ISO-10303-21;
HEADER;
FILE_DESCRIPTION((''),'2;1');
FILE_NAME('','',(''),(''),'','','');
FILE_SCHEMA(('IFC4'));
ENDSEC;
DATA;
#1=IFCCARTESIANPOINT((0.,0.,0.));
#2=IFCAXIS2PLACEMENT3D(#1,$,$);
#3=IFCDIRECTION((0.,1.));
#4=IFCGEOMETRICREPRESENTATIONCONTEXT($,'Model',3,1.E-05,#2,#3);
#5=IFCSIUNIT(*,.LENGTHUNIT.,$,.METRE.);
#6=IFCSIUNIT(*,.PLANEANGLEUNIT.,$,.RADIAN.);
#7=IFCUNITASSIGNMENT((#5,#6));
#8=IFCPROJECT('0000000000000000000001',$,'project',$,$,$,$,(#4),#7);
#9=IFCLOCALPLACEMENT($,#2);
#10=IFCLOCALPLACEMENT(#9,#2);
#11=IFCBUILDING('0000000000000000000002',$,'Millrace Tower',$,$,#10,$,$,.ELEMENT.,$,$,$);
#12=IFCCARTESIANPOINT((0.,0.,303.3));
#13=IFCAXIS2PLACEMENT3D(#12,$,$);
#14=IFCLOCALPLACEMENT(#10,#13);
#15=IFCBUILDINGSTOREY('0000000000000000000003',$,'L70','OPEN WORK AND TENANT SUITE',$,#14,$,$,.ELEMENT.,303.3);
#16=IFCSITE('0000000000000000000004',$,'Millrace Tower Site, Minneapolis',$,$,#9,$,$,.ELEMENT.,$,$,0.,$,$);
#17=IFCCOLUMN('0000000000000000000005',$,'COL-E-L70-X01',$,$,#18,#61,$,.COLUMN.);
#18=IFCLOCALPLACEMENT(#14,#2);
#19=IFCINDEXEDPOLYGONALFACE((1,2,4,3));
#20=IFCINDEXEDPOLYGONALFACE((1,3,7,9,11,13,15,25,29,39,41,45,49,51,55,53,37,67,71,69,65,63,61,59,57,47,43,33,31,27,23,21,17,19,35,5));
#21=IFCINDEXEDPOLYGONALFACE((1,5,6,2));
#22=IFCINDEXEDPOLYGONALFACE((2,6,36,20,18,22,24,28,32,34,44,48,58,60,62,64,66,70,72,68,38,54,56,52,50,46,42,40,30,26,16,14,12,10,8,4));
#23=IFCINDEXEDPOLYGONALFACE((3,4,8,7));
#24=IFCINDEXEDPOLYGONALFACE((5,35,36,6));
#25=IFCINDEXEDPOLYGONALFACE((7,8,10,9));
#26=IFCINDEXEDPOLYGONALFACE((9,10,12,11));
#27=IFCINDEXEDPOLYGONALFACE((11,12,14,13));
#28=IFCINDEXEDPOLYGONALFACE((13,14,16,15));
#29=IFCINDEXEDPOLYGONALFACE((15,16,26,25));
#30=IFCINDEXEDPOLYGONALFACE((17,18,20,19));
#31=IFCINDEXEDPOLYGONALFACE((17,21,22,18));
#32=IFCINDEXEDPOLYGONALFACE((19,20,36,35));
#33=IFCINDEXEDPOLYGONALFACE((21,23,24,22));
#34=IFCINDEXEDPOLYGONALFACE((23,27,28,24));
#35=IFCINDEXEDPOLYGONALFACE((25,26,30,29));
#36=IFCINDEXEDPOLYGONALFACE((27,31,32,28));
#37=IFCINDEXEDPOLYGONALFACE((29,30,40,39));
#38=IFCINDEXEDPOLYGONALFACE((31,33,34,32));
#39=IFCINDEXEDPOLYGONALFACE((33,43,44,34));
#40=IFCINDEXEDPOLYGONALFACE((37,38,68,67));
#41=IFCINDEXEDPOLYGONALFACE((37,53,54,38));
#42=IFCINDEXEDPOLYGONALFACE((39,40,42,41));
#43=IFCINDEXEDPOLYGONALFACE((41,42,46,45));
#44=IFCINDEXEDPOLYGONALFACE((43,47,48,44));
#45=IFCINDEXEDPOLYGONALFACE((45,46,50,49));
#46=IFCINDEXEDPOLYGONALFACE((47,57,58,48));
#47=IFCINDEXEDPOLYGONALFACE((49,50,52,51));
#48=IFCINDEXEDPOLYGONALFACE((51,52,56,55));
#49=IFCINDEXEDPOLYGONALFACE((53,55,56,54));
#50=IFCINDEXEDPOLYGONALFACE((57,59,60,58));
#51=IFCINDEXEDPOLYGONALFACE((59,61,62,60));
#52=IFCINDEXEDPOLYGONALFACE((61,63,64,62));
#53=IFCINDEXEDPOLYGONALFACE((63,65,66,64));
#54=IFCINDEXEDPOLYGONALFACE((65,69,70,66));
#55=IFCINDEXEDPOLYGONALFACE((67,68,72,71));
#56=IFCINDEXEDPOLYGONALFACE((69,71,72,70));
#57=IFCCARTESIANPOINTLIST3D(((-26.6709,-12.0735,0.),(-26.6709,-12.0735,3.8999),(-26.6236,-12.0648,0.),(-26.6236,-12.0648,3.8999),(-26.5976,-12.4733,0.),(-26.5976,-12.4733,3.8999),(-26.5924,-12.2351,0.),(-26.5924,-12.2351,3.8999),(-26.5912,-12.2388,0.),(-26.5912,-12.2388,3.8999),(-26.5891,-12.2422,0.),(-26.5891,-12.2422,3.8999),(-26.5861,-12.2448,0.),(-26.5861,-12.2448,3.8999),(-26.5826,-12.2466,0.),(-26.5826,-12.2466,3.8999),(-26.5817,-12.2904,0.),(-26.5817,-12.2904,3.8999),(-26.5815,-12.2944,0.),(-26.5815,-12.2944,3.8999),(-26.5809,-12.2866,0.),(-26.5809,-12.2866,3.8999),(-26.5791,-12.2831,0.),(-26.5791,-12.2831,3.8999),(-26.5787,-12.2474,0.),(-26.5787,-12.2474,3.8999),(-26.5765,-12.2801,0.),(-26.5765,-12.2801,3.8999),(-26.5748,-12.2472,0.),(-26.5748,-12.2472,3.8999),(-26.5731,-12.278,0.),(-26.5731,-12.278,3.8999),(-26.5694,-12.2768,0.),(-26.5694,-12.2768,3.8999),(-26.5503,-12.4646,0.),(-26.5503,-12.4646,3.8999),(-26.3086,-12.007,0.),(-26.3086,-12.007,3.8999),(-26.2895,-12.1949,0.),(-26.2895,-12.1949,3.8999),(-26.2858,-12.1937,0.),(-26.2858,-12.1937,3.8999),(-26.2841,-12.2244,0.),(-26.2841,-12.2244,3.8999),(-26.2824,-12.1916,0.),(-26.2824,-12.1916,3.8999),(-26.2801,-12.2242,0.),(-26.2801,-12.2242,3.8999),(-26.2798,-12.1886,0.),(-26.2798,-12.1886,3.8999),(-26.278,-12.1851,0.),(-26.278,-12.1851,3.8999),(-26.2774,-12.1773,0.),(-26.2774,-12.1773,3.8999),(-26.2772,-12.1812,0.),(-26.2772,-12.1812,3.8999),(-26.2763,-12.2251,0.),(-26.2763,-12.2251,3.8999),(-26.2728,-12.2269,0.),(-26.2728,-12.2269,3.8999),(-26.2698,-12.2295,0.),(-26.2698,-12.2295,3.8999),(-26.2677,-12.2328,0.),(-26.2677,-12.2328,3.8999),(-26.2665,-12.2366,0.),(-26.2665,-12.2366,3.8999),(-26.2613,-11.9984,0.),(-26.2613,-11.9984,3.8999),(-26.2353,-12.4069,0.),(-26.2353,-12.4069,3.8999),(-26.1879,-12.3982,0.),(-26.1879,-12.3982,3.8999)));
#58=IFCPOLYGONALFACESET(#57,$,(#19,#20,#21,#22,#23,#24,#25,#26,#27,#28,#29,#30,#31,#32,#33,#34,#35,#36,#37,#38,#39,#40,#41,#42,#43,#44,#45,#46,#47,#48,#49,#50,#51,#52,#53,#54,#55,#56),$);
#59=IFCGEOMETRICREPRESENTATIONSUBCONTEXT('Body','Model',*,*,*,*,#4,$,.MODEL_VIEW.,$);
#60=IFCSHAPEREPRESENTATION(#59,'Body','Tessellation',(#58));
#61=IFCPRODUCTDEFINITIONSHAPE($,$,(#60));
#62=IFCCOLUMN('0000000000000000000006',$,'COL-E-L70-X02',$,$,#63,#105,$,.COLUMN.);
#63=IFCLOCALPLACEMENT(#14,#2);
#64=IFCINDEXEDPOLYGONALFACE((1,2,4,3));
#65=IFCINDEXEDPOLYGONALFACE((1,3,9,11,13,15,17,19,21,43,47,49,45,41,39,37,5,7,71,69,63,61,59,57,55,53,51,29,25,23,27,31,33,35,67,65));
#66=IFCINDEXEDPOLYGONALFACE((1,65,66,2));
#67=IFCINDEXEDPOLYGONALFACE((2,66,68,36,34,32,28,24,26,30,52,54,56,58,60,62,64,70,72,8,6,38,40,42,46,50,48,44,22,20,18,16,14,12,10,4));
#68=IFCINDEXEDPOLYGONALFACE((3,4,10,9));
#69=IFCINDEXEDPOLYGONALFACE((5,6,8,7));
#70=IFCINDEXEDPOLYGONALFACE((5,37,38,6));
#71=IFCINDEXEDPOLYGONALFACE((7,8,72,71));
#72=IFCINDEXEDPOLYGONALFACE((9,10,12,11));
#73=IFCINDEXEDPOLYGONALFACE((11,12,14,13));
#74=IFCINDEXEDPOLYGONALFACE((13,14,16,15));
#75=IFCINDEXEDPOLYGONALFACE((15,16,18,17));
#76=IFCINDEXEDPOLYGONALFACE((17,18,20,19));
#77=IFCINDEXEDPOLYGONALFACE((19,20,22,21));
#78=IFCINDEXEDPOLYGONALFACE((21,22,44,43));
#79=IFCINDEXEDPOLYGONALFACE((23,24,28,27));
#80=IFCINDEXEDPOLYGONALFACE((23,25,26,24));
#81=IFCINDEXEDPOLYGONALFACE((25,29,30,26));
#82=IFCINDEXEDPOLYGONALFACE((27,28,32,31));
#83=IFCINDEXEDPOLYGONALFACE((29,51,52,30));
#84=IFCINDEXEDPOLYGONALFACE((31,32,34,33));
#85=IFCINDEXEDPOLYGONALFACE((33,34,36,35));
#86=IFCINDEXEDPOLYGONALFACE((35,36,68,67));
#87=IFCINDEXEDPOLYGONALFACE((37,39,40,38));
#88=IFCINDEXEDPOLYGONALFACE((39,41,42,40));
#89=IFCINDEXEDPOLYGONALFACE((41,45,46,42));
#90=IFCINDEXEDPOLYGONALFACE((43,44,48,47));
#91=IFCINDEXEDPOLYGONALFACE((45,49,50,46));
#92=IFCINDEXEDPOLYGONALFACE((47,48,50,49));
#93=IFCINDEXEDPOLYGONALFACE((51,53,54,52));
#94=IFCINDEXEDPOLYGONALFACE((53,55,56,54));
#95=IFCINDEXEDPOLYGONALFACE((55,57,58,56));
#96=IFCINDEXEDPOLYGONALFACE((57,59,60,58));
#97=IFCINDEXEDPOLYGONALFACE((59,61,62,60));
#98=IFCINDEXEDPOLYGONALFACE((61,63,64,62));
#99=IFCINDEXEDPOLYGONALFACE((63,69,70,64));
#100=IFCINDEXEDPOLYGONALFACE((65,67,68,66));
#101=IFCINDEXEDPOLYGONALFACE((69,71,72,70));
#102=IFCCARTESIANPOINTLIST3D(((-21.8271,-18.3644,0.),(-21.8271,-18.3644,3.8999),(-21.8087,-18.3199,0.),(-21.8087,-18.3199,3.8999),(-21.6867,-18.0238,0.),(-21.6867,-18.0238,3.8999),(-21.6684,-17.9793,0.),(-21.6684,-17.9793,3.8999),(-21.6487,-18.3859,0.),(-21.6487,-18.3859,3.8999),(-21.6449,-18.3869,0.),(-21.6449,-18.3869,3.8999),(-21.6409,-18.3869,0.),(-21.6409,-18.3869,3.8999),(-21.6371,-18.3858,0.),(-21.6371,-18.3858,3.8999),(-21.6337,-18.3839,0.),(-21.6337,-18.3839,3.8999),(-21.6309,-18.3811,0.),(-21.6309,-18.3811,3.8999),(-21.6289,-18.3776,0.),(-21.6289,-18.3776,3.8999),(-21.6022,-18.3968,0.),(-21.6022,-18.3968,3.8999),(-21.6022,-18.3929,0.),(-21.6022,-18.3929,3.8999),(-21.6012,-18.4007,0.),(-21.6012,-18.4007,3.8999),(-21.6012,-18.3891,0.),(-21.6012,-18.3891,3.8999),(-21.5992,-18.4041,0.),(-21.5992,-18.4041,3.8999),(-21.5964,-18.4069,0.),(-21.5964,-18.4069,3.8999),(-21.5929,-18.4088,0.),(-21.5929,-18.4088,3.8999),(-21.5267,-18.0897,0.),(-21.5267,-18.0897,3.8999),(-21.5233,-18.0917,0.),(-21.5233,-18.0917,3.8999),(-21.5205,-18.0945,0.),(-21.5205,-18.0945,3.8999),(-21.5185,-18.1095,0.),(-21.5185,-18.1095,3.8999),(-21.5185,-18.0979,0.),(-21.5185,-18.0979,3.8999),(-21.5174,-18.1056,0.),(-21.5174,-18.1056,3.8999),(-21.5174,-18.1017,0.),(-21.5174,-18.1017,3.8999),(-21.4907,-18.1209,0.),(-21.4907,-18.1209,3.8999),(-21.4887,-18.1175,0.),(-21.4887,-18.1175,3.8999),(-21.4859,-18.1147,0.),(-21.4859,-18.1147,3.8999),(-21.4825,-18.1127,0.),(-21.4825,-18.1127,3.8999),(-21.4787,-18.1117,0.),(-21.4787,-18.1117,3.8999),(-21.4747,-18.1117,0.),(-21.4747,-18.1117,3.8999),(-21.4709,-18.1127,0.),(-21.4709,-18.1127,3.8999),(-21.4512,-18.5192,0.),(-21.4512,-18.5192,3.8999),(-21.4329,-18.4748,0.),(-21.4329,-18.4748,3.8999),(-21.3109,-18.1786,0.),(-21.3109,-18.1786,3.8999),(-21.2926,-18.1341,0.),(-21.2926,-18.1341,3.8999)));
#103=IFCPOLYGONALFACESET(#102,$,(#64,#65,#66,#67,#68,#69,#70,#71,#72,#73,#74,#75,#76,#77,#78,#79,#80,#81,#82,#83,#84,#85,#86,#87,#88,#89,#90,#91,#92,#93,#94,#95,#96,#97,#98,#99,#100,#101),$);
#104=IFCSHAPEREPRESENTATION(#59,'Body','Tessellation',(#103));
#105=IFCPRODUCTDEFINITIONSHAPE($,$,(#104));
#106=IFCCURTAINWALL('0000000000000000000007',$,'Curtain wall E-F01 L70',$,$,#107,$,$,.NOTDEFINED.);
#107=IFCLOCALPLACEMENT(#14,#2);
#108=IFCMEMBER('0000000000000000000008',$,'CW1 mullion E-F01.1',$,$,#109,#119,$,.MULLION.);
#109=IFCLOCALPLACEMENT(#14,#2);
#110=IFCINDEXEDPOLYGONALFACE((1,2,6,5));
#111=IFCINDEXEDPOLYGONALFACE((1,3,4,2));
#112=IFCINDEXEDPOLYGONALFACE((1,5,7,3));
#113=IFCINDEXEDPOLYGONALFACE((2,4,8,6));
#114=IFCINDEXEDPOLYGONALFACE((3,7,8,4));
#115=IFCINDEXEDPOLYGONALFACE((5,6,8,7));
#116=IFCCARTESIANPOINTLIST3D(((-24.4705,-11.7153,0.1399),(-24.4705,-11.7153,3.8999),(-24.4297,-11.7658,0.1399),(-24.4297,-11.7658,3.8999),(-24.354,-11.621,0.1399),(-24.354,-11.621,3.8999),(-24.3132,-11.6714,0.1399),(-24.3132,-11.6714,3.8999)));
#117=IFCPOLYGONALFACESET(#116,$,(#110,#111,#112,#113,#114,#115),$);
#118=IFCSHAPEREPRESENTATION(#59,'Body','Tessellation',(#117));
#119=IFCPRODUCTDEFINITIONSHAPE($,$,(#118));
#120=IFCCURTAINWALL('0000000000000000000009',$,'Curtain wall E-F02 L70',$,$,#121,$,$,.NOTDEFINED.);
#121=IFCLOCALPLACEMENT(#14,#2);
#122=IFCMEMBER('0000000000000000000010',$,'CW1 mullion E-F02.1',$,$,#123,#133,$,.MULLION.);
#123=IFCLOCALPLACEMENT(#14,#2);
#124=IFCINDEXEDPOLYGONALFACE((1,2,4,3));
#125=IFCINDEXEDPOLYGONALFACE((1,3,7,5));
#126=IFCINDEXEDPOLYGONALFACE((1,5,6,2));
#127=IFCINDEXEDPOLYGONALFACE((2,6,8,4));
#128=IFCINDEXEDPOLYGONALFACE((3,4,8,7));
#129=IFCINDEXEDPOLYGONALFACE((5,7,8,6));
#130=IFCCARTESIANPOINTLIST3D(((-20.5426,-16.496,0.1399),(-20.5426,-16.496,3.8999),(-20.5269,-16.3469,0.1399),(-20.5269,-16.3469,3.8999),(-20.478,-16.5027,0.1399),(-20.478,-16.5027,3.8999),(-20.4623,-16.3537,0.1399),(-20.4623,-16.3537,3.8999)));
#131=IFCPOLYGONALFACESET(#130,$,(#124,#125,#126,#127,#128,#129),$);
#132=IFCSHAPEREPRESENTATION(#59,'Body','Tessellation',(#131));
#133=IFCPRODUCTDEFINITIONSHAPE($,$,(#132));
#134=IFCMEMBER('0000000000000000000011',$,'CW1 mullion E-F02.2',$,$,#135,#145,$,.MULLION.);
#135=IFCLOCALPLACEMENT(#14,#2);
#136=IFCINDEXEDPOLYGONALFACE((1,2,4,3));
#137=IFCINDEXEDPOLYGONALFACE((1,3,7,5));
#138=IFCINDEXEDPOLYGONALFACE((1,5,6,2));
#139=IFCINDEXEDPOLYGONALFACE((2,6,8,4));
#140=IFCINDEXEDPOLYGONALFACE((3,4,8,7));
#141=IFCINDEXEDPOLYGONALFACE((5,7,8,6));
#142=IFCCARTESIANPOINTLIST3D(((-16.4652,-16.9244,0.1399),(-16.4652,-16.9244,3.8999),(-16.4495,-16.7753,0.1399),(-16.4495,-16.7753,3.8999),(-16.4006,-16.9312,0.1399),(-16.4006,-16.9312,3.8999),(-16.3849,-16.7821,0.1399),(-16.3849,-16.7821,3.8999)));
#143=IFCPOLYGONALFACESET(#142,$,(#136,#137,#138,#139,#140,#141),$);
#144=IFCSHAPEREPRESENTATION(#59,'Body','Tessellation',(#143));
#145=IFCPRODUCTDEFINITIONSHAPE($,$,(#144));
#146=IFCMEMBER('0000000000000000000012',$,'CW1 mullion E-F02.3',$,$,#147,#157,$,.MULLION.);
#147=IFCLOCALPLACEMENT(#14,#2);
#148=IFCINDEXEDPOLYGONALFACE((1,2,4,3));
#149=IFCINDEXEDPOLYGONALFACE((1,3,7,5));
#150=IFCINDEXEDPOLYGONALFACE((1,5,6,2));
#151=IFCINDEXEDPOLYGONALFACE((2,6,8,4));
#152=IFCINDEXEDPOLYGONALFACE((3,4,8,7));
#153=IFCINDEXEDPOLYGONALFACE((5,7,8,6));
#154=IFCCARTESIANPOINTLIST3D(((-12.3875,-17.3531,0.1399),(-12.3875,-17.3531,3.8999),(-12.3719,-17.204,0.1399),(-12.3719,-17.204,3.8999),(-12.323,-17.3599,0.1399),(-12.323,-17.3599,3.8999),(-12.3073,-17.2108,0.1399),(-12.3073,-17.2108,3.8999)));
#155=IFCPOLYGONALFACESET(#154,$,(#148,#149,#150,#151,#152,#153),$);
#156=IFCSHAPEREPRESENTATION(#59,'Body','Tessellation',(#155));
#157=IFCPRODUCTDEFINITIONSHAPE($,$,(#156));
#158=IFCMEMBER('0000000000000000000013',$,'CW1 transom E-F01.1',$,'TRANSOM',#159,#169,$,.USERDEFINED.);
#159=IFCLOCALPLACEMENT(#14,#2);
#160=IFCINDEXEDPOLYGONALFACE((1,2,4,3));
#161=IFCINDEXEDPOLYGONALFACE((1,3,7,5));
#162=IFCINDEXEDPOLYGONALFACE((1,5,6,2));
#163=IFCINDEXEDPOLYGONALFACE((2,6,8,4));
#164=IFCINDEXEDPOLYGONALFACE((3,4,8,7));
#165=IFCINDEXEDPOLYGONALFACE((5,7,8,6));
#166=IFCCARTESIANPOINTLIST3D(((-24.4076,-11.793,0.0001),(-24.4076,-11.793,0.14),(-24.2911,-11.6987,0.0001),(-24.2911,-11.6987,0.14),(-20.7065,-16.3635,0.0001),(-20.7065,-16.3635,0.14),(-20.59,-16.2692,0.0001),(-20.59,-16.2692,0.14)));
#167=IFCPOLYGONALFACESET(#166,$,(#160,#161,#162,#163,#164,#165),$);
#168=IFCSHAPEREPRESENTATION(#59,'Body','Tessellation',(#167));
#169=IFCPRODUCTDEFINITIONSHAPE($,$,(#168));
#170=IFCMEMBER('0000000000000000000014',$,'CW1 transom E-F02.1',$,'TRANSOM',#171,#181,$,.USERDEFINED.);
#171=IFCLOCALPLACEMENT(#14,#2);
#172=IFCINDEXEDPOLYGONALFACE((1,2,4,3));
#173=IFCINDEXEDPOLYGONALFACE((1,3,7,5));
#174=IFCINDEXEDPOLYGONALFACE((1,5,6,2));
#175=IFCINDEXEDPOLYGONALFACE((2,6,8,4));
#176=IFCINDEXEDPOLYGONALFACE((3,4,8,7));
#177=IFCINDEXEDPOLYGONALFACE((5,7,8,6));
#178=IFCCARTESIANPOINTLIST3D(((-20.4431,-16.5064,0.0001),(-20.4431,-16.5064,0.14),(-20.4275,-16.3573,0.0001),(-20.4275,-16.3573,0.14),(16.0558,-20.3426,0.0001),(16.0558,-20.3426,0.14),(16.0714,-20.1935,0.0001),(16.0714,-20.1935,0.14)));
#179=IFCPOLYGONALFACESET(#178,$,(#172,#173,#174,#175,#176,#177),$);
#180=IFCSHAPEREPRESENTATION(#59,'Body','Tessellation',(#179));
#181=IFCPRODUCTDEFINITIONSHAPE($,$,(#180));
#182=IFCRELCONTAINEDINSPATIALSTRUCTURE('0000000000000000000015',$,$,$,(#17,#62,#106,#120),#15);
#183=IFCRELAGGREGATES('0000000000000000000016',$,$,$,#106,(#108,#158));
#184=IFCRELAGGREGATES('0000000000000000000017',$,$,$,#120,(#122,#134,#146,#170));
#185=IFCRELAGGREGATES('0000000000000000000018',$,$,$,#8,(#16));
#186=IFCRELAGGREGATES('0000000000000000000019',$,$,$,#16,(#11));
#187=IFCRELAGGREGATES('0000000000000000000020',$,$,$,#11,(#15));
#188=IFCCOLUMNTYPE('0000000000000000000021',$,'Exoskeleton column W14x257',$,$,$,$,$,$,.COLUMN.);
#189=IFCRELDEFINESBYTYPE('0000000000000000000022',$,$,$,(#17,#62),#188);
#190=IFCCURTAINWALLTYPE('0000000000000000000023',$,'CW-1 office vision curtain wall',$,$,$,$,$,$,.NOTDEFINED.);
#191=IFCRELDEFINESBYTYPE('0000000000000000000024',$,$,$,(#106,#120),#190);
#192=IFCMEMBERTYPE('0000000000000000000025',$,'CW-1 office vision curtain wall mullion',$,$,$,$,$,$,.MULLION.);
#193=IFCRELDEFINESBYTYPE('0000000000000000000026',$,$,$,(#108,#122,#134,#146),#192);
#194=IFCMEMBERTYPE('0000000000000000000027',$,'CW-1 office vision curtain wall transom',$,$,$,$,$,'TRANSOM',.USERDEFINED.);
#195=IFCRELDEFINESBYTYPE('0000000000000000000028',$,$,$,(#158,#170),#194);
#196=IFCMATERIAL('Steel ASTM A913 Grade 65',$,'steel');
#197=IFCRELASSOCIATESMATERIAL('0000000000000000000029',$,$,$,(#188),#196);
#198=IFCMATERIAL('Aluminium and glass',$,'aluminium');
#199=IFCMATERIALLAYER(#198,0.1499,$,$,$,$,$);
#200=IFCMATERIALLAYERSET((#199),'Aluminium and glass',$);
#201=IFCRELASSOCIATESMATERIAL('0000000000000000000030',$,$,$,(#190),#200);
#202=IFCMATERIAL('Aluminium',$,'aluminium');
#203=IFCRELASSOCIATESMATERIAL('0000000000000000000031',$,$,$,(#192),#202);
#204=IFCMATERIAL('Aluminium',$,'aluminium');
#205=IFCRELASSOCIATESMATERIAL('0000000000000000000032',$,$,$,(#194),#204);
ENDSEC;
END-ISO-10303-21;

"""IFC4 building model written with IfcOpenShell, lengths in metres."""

from ifc_helpers import new_model, si_unit, direction, frame, origin, origin_2d, place, context, subcontext, project, spatial, rectangle, i_section, extrude, material, layer, layer_set, material_profile, profile_set, type_object, element, aggregate, save


model = new_model("IFC4")

# Units and contexts
model_context = context("Model", 3, precision=1e-05, world=origin(), true_north=direction((0.0, 1.0)))
body_context = subcontext(model_context, "Body", "Model", "MODEL_VIEW")
ifc_project = project(units=[si_unit("LENGTHUNIT", "METRE"), si_unit("PLANEANGLEUNIT", "RADIAN")], contexts=[model_context])

# Site, building, storey
site_placement = place(None, origin())
site = spatial("IfcSite", under=ifc_project, at=site_placement, Name="Millrace Tower Site, Minneapolis", CompositionType="ELEMENT", RefElevation=0.0)
building_placement = place(site_placement, origin())
building = spatial("IfcBuilding", under=site, at=building_placement, Name="Millrace Tower", CompositionType="ELEMENT")
storey_placement = place(building_placement, frame((0.0, 0.0, 303.3)))
storey = spatial("IfcBuildingStorey", under=building, at=storey_placement, Name="L70", Description="OPEN WORK AND TENANT SUITE", CompositionType="ELEMENT", Elevation=303.3)

# Columns
ifc_material_1 = material(Name="Steel ASTM A913 Grade 65", Category="steel")
ifc_material_profile_1 = material_profile(ifc_material_1, i_section(OverallWidth=0.4065, OverallDepth=0.4165, WebThickness=0.03, FlangeThickness=0.0481, FilletRadius=0.0151, at=origin_2d()))
ifc_profile_set_1 = profile_set([ifc_material_profile_1], Name="Steel ASTM A913 Grade 65")
column_type = type_object("IfcColumnType", Name="Exoskeleton column W14x257", PredefinedType="COLUMN", material=ifc_profile_set_1)
for number, where, z_axis, x_axis, name in (
    (1, (-26.4294, -12.2358, 0.0), (0.0, 0.0, 1.0), (0.180387, -0.983596, 0.0), "COL-E-L70-X01"),
    (2, (-21.5598, -18.2493, 0.0), (0.0, 0.0, 1.0), (0.924597, -0.380947, 0.0), "COL-E-L70-X02"),
):
    element("IfcColumn", number, at=place(storey_placement, frame(where, z_axis=z_axis, x_axis=x_axis)), inside=storey, type_object=column_type, Name=name, PredefinedType="COLUMN", context=body_context, shape_type="SweptSolid", body=[
        extrude(i_section(OverallWidth=0.4065, OverallDepth=0.4165, WebThickness=0.03, FlangeThickness=0.0481, FilletRadius=0.0151, at=origin_2d()), origin(), (0.0, 0.0, 1.0), 3.8999),
    ])

# Curtain wall, member
ifc_material_2 = material(Name="Aluminium and glass", Category="aluminium")
ifc_layer_1 = layer(ifc_material_2, 0.1499)
ifc_layer_set_1 = layer_set([ifc_layer_1], Name="Aluminium and glass")
curtain_wall_type = type_object("IfcCurtainWallType", Name="CW-1 office vision curtain wall", PredefinedType="NOTDEFINED", material=ifc_layer_set_1)
placement = place(storey_placement, origin())
curtain_wall_1 = element("IfcCurtainWall", 3, at=placement, inside=storey, type_object=curtain_wall_type, Name="Curtain wall E-F01 L70", PredefinedType="NOTDEFINED")
ifc_material_3 = material(Name="Aluminium", Category="aluminium")
ifc_material_profile_2 = material_profile(ifc_material_3, rectangle(XDim=0.0649, YDim=0.1499, at=origin_2d()))
ifc_profile_set_2 = profile_set([ifc_material_profile_2], Name="Aluminium")
member_type_1 = type_object("IfcMemberType", Name="CW-1 office vision curtain wall mullion", PredefinedType="MULLION", material=ifc_profile_set_2)
member_1_placement = place(storey_placement, frame((-24.3918, -11.6934, 0.1399), z_axis=(0.0, 0.0, 1.0), x_axis=(0.62932, -0.777146, 0.0)))
member_1 = element("IfcMember", 4, at=member_1_placement, type_object=member_type_1, Name="CW1 mullion E-F01.1", PredefinedType="MULLION", context=body_context, shape_type="SweptSolid", body=[
    extrude(rectangle(XDim=0.0649, YDim=0.1499, at=origin_2d()), origin(), (0.0, 0.0, 1.0), 3.76),
])

# Curtain wall, members
curtain_wall_2 = element("IfcCurtainWall", 5, at=placement, inside=storey, type_object=curtain_wall_type, Name="Curtain wall E-F02 L70", PredefinedType="NOTDEFINED")
member_2_placement = place(storey_placement, frame((-20.5024, -16.4248, 0.1399), z_axis=(0.0, 0.0, 1.0), x_axis=(0.994522, -0.104528, 0.0)))
member_2 = element("IfcMember", 6, at=member_2_placement, type_object=member_type_1, Name="CW1 mullion E-F02.1", PredefinedType="MULLION", context=body_context, shape_type="SweptSolid", body=[
    extrude(rectangle(XDim=0.0649, YDim=0.1499, at=origin_2d()), origin(), (0.0, 0.0, 1.0), 3.76),
])
member_3_placement = place(storey_placement, frame((-16.425, -16.8533, 0.1399), z_axis=(0.0, 0.0, 1.0), x_axis=(0.994522, -0.104528, 0.0)))
member_3 = element("IfcMember", 7, at=member_3_placement, type_object=member_type_1, Name="CW1 mullion E-F02.2", PredefinedType="MULLION", context=body_context, shape_type="SweptSolid", body=[
    extrude(rectangle(XDim=0.0649, YDim=0.1499, at=origin_2d()), origin(), (0.0, 0.0, 1.0), 3.76),
])
member_4_placement = place(storey_placement, frame((-12.3474, -17.282, 0.1399), z_axis=(0.0, 0.0, 1.0), x_axis=(0.994522, -0.104528, 0.0)))
member_4 = element("IfcMember", 8, at=member_4_placement, type_object=member_type_1, Name="CW1 mullion E-F02.3", PredefinedType="MULLION", context=body_context, shape_type="SweptSolid", body=[
    extrude(rectangle(XDim=0.0649, YDim=0.1499, at=origin_2d()), origin(), (0.0, 0.0, 1.0), 3.76),
])

# Members
ifc_material_4 = material(Name="Aluminium", Category="aluminium")
ifc_material_profile_3 = material_profile(ifc_material_4, rectangle(XDim=0.1499, YDim=0.1399, at=origin_2d()))
ifc_profile_set_3 = profile_set([ifc_material_profile_3], Name="Aluminium")
member_type_2 = type_object("IfcMemberType", Name="CW-1 office vision curtain wall transom", ElementType="TRANSOM", PredefinedType="USERDEFINED", material=ifc_profile_set_3)
member_5_placement = place(storey_placement, frame((-24.3494, -11.7458, 0.0701), z_axis=(0.629321, -0.777145, 0.0), x_axis=(0.777145, 0.629321, 0.0)))
member_5 = element("IfcMember", 9, at=member_5_placement, type_object=member_type_2, Name="CW1 transom E-F01.1", ObjectType="TRANSOM", PredefinedType="USERDEFINED", context=body_context, shape_type="SweptSolid", body=[
    extrude(rectangle(XDim=0.1499, YDim=0.1399, at=origin_2d()), origin(), (0.0, 0.0, 1.0), 5.8811),
])
aggregate(curtain_wall_1, [member_1, member_5])
member_6_placement = place(storey_placement, frame((-20.4353, -16.4319, 0.0701), z_axis=(0.994522, -0.104528, 0.0), x_axis=(0.104528, 0.994522, 0.0)))
member_6 = element("IfcMember", 10, at=member_6_placement, type_object=member_type_2, Name="CW1 transom E-F02.1", ObjectType="TRANSOM", PredefinedType="USERDEFINED", context=body_context, shape_type="SweptSolid", body=[
    extrude(rectangle(XDim=0.1499, YDim=0.1399, at=origin_2d()), origin(), (0.0, 0.0, 1.0), 36.7),
])
aggregate(curtain_wall_2, [member_2, member_3, member_4, member_6])

save(model, "model.ifc")
